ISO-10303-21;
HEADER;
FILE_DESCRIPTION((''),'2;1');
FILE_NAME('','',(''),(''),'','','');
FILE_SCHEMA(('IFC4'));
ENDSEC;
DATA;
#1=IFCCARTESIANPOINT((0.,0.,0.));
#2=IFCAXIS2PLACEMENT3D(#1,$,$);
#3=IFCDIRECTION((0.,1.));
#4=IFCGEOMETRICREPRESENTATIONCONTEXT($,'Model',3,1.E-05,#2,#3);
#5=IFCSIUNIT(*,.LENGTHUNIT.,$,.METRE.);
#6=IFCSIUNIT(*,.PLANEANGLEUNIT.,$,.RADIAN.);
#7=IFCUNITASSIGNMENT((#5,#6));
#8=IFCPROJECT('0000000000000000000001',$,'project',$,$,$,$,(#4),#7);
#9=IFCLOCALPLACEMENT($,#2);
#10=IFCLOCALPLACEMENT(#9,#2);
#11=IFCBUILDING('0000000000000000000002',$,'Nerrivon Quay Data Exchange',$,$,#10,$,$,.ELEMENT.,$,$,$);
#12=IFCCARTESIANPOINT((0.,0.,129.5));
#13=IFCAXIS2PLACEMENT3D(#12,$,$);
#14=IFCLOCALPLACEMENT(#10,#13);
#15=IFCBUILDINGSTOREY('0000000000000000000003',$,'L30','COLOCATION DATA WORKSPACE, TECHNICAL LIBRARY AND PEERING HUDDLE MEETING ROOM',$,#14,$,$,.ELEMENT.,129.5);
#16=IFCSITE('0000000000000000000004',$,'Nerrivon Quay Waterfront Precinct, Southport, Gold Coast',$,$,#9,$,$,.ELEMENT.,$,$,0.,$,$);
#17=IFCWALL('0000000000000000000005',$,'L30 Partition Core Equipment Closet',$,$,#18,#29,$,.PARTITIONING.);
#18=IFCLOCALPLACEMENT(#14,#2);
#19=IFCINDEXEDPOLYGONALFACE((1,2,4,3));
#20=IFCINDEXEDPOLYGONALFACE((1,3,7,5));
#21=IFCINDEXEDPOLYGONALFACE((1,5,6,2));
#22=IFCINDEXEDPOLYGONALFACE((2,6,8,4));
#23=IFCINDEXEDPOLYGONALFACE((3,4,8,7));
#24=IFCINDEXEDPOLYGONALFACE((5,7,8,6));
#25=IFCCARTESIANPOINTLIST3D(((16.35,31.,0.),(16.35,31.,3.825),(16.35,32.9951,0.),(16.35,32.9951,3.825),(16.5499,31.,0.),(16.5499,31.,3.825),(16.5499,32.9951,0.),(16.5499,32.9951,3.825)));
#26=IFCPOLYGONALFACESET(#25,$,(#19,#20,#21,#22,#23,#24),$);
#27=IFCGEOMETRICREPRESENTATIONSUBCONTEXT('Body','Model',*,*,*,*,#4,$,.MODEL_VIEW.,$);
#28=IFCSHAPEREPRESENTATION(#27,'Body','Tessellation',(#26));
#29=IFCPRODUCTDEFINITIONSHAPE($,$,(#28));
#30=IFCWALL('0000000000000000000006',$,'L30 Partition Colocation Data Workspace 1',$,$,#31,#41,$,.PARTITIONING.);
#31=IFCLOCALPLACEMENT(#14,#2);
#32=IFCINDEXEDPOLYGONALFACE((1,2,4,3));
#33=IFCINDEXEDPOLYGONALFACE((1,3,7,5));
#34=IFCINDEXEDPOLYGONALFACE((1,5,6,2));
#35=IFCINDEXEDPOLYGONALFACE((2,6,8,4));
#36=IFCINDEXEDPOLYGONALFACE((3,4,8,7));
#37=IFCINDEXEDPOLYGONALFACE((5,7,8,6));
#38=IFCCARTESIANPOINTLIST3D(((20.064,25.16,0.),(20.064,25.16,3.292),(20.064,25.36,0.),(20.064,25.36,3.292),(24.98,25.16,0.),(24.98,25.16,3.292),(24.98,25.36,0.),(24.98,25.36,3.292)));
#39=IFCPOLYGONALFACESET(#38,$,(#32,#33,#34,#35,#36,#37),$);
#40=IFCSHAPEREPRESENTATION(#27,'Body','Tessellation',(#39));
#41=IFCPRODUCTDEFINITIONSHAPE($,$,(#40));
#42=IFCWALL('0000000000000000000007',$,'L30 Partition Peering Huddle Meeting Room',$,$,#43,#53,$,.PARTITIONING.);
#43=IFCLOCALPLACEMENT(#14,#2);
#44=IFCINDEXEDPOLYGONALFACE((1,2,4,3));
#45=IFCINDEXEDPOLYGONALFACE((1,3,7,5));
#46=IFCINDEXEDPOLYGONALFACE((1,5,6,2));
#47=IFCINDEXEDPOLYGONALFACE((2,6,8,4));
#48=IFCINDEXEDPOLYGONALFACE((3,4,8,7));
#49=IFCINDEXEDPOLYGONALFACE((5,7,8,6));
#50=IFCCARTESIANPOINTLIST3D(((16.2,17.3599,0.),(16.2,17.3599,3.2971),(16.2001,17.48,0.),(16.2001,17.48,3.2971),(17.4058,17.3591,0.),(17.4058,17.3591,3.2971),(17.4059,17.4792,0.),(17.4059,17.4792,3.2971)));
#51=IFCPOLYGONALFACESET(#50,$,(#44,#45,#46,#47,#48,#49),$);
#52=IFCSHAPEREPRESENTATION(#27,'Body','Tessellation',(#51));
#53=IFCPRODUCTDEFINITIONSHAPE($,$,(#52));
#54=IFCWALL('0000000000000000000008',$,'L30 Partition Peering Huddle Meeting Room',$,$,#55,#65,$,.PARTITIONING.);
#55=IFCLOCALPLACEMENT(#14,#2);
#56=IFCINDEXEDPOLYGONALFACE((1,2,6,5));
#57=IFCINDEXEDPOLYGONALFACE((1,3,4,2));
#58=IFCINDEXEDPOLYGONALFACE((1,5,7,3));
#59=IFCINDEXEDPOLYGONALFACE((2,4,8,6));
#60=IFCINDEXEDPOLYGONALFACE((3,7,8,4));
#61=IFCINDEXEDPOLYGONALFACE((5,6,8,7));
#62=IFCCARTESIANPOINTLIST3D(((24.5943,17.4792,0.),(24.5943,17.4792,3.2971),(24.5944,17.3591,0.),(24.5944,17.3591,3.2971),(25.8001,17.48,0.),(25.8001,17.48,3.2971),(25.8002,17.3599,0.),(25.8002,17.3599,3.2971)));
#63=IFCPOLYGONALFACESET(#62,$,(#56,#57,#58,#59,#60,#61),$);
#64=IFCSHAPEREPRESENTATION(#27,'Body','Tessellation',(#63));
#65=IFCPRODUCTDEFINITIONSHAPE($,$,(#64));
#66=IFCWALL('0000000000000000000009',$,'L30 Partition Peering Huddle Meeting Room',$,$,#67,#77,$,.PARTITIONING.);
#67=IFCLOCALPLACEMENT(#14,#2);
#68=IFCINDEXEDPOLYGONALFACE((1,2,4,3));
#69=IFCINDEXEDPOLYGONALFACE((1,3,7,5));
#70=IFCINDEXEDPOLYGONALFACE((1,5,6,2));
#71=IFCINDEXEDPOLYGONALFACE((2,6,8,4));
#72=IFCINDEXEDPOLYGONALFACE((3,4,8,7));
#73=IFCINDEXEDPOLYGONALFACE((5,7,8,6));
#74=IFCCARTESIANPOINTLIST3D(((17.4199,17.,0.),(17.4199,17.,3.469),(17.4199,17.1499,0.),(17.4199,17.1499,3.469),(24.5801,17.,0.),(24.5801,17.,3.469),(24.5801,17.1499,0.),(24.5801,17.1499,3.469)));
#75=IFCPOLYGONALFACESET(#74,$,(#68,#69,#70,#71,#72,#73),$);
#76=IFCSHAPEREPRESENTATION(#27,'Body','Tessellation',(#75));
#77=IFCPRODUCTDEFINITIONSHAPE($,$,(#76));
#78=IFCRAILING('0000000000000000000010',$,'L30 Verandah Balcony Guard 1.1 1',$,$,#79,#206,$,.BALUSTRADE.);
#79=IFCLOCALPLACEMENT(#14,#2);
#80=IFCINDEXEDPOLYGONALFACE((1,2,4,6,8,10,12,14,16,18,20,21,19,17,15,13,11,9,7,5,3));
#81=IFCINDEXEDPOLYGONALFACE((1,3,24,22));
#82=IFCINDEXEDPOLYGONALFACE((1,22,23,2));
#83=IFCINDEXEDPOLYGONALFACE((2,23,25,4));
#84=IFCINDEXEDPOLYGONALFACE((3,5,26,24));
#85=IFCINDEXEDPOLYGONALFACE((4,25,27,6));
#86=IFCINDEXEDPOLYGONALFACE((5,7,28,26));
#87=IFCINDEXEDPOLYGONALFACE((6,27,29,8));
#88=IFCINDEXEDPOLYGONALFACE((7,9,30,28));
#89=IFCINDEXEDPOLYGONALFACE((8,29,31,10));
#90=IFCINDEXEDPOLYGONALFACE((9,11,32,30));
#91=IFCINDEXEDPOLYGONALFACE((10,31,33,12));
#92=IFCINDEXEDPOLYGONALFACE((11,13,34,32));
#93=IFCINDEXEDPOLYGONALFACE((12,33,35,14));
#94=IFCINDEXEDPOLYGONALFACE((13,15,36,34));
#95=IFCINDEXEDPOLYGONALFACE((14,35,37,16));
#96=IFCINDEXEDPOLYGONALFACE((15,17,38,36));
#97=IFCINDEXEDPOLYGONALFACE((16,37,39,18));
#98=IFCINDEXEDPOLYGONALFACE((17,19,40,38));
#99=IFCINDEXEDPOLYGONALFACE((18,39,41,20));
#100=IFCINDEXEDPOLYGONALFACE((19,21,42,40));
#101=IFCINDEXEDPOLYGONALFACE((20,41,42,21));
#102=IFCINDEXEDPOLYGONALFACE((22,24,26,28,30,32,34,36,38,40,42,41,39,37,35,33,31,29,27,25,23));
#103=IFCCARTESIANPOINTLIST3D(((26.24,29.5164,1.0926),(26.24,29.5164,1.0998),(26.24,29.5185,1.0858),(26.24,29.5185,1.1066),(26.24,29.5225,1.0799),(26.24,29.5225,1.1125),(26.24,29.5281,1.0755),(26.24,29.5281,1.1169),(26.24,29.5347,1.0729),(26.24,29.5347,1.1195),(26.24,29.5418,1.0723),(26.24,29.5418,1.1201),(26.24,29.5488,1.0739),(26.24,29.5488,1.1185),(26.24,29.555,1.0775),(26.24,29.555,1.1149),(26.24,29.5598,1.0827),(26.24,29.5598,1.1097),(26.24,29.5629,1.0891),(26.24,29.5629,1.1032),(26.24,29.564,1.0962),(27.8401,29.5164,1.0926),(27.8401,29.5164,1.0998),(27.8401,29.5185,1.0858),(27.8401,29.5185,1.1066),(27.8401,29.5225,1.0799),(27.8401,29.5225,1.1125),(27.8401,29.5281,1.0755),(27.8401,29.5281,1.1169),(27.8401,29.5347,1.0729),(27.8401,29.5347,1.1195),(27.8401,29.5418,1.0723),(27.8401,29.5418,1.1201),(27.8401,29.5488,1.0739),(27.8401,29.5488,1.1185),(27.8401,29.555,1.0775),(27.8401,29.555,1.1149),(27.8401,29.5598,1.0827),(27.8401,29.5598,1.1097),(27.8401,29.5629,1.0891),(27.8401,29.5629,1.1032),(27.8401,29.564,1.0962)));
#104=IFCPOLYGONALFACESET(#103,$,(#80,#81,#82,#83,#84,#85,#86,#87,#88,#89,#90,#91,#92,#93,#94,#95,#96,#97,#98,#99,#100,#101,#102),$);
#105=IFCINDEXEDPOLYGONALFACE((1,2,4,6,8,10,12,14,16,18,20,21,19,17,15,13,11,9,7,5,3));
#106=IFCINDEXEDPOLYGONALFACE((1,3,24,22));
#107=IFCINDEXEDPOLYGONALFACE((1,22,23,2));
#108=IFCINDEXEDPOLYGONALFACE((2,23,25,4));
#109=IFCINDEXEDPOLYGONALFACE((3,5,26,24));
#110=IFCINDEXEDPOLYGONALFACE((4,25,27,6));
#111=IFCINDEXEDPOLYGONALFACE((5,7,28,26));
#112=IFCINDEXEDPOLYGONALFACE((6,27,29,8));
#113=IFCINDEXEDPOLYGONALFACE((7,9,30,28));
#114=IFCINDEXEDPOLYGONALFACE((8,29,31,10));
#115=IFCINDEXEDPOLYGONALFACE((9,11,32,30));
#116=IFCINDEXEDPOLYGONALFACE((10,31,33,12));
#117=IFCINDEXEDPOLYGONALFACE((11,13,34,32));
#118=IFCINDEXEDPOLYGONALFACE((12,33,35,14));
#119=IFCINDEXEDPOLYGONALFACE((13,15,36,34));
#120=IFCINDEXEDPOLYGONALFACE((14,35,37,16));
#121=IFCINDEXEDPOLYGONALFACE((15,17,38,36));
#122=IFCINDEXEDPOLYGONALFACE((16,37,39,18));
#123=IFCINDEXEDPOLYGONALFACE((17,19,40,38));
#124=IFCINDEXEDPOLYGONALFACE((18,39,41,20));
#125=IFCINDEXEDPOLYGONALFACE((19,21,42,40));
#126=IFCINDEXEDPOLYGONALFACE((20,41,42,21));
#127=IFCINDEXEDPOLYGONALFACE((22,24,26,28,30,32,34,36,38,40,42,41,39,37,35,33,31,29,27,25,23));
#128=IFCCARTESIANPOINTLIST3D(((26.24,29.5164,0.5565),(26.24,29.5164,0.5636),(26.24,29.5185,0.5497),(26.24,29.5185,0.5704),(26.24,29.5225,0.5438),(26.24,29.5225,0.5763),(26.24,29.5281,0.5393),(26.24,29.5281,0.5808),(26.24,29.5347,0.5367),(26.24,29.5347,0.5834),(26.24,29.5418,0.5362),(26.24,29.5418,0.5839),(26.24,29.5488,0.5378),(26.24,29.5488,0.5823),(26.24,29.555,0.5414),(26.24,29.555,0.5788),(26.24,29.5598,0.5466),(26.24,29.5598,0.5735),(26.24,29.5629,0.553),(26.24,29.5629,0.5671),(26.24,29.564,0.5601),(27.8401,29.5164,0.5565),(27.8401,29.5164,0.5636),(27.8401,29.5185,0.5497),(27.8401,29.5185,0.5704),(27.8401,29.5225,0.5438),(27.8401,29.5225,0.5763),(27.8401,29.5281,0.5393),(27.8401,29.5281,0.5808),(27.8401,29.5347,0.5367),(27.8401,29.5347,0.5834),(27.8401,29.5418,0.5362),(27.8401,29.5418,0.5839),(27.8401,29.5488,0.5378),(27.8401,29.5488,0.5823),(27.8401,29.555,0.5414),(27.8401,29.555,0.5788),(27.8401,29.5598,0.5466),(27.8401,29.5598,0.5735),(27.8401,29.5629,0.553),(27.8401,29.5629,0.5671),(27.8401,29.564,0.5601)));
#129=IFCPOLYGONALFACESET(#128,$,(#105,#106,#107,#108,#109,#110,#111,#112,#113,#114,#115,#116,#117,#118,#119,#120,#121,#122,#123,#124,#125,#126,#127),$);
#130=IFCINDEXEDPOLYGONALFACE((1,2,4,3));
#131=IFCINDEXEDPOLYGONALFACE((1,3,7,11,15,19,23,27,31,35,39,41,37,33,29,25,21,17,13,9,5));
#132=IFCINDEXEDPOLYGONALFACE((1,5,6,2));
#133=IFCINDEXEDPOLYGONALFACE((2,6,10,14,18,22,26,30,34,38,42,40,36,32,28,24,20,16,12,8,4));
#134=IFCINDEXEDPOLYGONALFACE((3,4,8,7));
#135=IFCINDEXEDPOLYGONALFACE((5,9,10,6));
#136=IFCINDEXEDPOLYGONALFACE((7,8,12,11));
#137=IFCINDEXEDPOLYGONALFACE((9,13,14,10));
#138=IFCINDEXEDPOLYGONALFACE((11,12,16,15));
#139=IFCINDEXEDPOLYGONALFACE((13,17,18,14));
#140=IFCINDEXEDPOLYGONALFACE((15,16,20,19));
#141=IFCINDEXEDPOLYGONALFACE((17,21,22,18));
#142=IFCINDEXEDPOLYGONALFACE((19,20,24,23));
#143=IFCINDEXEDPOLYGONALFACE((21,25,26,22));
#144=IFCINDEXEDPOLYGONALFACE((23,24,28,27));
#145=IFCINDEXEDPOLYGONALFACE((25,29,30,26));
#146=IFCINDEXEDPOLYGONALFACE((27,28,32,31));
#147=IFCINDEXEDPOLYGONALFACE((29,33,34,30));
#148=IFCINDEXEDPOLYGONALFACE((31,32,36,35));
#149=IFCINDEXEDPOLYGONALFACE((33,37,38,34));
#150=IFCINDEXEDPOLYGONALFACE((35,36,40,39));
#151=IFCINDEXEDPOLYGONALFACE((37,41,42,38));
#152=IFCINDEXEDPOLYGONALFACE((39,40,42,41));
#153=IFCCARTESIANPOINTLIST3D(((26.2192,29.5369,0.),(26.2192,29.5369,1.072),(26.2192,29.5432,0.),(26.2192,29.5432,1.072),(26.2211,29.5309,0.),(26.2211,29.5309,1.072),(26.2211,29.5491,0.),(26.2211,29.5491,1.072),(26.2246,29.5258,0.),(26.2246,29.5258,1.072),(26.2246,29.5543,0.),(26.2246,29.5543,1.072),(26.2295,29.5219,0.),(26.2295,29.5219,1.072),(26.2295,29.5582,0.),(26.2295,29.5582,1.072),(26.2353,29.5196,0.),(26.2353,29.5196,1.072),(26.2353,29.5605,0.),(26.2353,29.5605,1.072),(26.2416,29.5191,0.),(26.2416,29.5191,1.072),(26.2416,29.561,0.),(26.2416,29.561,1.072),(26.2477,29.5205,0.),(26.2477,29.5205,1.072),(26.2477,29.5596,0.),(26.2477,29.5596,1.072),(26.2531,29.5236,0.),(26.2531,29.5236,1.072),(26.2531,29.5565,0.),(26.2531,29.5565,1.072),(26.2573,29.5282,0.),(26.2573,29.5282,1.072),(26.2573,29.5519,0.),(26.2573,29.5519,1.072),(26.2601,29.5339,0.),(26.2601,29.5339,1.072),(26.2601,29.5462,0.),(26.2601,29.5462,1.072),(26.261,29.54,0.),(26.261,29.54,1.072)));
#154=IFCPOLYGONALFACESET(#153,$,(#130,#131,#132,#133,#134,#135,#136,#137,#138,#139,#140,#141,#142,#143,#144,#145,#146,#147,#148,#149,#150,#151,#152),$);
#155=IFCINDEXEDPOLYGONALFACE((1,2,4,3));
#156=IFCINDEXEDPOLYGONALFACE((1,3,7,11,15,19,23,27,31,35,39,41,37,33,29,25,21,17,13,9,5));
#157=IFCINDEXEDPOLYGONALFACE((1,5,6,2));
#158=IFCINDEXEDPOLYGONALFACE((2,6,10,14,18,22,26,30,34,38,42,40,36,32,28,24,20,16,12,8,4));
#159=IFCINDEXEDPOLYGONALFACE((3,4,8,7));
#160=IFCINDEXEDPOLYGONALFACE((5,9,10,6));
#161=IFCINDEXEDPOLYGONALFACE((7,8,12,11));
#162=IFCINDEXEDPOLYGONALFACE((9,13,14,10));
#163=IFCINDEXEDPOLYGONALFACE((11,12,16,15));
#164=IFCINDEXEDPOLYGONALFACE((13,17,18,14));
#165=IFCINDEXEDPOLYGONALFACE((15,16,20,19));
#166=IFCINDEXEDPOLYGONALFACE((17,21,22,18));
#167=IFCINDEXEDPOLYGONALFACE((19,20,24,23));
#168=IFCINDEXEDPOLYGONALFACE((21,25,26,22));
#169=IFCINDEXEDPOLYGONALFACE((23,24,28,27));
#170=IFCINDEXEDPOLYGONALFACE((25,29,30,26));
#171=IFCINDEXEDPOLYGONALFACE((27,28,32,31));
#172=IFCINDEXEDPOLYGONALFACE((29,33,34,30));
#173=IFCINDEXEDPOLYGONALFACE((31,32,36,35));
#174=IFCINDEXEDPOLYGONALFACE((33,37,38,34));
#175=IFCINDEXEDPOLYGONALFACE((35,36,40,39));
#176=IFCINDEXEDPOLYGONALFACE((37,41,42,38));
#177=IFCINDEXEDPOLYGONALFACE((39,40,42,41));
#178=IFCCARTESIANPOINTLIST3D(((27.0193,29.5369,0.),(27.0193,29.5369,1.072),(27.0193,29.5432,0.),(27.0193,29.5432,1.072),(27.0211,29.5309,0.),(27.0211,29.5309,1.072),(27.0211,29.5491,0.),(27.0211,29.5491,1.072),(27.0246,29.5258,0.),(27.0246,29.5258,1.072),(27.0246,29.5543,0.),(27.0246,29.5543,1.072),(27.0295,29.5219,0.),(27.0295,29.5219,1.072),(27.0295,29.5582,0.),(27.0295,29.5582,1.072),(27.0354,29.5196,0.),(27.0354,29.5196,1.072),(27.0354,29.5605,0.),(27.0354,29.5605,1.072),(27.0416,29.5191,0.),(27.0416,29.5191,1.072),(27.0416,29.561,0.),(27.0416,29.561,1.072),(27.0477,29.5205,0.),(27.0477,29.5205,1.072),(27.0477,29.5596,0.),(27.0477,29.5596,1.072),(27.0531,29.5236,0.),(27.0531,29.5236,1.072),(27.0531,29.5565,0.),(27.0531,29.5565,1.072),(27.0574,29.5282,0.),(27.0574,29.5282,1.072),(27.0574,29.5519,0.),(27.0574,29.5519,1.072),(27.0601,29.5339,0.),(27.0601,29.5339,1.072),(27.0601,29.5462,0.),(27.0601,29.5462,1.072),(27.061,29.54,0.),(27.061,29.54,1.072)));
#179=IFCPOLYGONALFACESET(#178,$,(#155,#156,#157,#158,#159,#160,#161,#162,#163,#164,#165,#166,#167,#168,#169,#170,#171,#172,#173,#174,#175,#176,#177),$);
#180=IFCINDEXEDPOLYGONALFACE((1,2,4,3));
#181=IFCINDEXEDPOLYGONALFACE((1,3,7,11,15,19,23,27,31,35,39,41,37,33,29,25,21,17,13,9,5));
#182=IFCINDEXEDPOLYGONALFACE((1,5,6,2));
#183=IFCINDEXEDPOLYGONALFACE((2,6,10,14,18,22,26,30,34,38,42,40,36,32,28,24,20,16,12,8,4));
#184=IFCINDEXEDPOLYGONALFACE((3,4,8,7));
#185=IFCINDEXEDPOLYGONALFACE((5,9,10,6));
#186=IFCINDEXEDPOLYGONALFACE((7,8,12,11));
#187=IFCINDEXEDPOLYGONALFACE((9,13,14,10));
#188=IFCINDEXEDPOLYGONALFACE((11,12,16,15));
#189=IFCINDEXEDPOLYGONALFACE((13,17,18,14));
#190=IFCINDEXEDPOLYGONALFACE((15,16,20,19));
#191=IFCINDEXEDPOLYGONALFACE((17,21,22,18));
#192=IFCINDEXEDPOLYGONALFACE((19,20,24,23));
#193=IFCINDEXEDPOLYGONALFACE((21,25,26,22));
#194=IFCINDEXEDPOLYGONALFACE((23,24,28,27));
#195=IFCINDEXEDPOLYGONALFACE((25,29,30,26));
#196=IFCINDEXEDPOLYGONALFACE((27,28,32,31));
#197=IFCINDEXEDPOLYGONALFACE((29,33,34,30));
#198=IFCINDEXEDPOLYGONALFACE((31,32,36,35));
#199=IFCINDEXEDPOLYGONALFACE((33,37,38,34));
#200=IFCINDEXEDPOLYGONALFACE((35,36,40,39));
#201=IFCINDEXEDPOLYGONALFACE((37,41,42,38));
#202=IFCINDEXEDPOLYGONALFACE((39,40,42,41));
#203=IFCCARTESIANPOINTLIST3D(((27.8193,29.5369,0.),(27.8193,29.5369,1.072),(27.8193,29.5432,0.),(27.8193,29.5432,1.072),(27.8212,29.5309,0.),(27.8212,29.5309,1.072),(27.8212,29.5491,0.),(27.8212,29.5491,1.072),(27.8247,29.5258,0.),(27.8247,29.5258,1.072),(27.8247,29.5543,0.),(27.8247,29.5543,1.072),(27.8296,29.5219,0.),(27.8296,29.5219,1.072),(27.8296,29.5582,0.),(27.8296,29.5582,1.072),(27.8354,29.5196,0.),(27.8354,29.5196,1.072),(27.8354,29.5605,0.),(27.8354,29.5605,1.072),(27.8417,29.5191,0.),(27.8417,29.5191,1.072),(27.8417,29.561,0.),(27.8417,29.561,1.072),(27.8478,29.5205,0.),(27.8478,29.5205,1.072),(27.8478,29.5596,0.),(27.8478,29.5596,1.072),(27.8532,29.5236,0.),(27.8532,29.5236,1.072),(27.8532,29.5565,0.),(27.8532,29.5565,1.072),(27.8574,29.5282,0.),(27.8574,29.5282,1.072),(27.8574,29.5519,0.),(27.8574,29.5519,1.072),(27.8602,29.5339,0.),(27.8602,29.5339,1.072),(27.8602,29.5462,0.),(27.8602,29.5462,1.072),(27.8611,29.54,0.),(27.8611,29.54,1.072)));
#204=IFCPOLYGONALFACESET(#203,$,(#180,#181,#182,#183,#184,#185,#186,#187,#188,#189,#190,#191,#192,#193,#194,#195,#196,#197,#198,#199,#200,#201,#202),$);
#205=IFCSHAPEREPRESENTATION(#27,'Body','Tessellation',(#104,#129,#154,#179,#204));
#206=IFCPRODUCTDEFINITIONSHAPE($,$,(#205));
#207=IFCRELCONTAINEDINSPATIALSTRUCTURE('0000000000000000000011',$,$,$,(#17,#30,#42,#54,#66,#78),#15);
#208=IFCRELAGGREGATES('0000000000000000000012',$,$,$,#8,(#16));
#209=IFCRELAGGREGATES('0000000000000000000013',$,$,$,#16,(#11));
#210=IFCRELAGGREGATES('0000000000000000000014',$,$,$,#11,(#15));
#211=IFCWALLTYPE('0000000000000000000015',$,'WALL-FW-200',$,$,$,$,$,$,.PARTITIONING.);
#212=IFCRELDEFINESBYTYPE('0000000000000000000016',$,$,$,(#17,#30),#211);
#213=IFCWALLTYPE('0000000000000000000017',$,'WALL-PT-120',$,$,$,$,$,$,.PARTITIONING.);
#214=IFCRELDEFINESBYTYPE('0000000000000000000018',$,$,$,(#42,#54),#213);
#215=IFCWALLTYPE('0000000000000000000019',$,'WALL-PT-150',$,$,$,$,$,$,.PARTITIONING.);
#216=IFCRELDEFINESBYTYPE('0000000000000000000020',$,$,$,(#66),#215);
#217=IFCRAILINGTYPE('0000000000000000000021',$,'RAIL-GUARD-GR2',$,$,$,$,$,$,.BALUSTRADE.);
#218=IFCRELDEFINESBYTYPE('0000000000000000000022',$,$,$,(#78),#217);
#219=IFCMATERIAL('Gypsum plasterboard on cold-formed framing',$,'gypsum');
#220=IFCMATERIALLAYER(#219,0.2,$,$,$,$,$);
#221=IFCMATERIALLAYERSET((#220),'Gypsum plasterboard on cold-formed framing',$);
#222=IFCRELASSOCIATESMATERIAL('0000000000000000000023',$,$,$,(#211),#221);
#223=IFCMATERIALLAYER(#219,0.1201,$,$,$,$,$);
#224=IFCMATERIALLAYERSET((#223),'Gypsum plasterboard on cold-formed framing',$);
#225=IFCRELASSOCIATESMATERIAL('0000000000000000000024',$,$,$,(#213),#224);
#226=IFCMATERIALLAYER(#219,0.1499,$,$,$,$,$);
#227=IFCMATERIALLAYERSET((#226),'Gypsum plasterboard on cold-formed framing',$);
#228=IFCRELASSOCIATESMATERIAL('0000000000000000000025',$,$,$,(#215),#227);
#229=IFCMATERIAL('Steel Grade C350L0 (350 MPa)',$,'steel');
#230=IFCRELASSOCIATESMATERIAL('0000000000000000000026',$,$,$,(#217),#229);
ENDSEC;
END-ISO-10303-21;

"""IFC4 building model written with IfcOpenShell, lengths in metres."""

from ifc_helpers import new_model, si_unit, direction, frame, frame_2d, origin, origin_2d, place, context, subcontext, project, spatial, rectangle, circle, extrude, material, layer, layer_set, type_object, element, save


model = new_model("IFC4")

# Units and contexts
model_context = context("Model", 3, precision=1e-05, world=origin(), true_north=direction((0.0, 1.0)))
body_context = subcontext(model_context, "Body", "Model", "MODEL_VIEW")
ifc_project = project(units=[si_unit("LENGTHUNIT", "METRE"), si_unit("PLANEANGLEUNIT", "RADIAN")], contexts=[model_context])

# Site, building, storey
site_placement = place(None, origin())
site = spatial("IfcSite", under=ifc_project, at=site_placement, Name="Nerrivon Quay Waterfront Precinct, Southport, Gold Coast", CompositionType="ELEMENT", RefElevation=0.0)
building_placement = place(site_placement, origin())
building = spatial("IfcBuilding", under=site, at=building_placement, Name="Nerrivon Quay Data Exchange", CompositionType="ELEMENT")
storey_placement = place(building_placement, frame((0.0, 0.0, 129.5)))
storey = spatial("IfcBuildingStorey", under=building, at=storey_placement, Name="L30", Description="COLOCATION DATA WORKSPACE, TECHNICAL LIBRARY AND PEERING HUDDLE MEETING ROOM", CompositionType="ELEMENT", Elevation=129.5)

# Walls
ifc_material_1 = material(Name="Gypsum plasterboard on cold-formed framing", Category="gypsum")
ifc_layer_1 = layer(ifc_material_1, 0.2)
ifc_layer_set_1 = layer_set([ifc_layer_1], Name="Gypsum plasterboard on cold-formed framing")
wall_type_1 = type_object("IfcWallType", Name="WALL-FW-200", PredefinedType="PARTITIONING", material=ifc_layer_set_1)
wall_1_placement = place(storey_placement, frame((16.45, 31.0, 0.0), z_axis=(0.0, 0.0, 1.0), x_axis=(0.0, 1.0, 0.0)))
element("IfcWall", 1, at=wall_1_placement, inside=storey, type_object=wall_type_1, Name="L30 Partition Core Equipment Closet", PredefinedType="PARTITIONING", context=body_context, shape_type="SweptSolid", body=[
    extrude(rectangle(XDim=1.9951, YDim=0.2, at=frame_2d((0.9976, 0.0))), origin(), (0.0, 0.0, 1.0), 3.825),
])
wall_2_placement = place(storey_placement, frame((20.064, 25.26, 0.0), z_axis=(0.0, 0.0, 1.0), x_axis=(1.0, 0.0, 0.0)))
element("IfcWall", 2, at=wall_2_placement, inside=storey, type_object=wall_type_1, Name="L30 Partition Colocation Data Workspace 1", PredefinedType="PARTITIONING", context=body_context, shape_type="SweptSolid", body=[
    extrude(rectangle(XDim=4.916, YDim=0.2, at=frame_2d((2.458, 0.0))), origin(), (0.0, 0.0, 1.0), 3.292),
])
ifc_layer_2 = layer(ifc_material_1, 0.1201)
ifc_layer_set_2 = layer_set([ifc_layer_2], Name="Gypsum plasterboard on cold-formed framing")
wall_type_2 = type_object("IfcWallType", Name="WALL-PT-120", PredefinedType="PARTITIONING", material=ifc_layer_set_2)
for number, where, z_axis, x_axis, name in (
    (3, (16.2, 17.4199, 0.0), (0.0, 0.0, 1.0), (1.0, -0.000607, 0.0), "L30 Partition Peering Huddle Meeting Room"),
    (4, (24.5942, 17.4192, 0.0), (0.0, 0.0, 1.0), (1.0, 0.000607, 0.0), "L30 Partition Peering Huddle Meeting Room"),
):
    element("IfcWall", number, at=place(storey_placement, frame(where, z_axis=z_axis, x_axis=x_axis)), inside=storey, type_object=wall_type_2, Name=name, PredefinedType="PARTITIONING", context=body_context, shape_type="SweptSolid", body=[
        extrude(rectangle(XDim=1.2058, YDim=0.1201, at=frame_2d((0.603, 0.0))), origin(), (0.0, 0.0, 1.0), 3.2971),
    ])
ifc_layer_3 = layer(ifc_material_1, 0.1499)
ifc_layer_set_3 = layer_set([ifc_layer_3], Name="Gypsum plasterboard on cold-formed framing")
wall_type_3 = type_object("IfcWallType", Name="WALL-PT-150", PredefinedType="PARTITIONING", material=ifc_layer_set_3)
wall_3_placement = place(storey_placement, frame((17.4199, 17.075, 0.0), z_axis=(0.0, 0.0, 1.0), x_axis=(1.0, 0.0, 0.0)))
element("IfcWall", 5, at=wall_3_placement, inside=storey, type_object=wall_type_3, Name="L30 Partition Peering Huddle Meeting Room", PredefinedType="PARTITIONING", context=body_context, shape_type="SweptSolid", body=[
    extrude(rectangle(XDim=7.1602, YDim=0.1499, at=frame_2d((3.5801, 0.0))), origin(), (0.0, 0.0, 1.0), 3.469),
])

# Railing
ifc_material_2 = material(Name="Steel Grade C350L0 (350 MPa)", Category="steel")
railing_type = type_object("IfcRailingType", Name="RAIL-GUARD-GR2", PredefinedType="BALUSTRADE", material=ifc_material_2)
railing_1_placement = place(storey_placement, frame((26.24, 29.54, 0.0)))
element("IfcRailing", 6, at=railing_1_placement, inside=storey, type_object=railing_type, Name="L30 Verandah Balcony Guard 1.1 1", PredefinedType="BALUSTRADE", context=body_context, shape_type="SweptSolid", body=[
    extrude(circle(Radius=0.0239, at=origin_2d()), frame((0.0, 0.0, 1.0962), z_axis=(1.0, 0.0, 0.0), x_axis=(0.0, 1.0, 0.0)), (0.0, 0.0, 1.0), 1.6001),
    extrude(circle(Radius=0.0239, at=origin_2d()), frame((0.0, 0.0, 0.5601), z_axis=(1.0, 0.0, 0.0), x_axis=(0.0, 1.0, 0.0)), (0.0, 0.0, 1.0), 1.6001),
    extrude(circle(Radius=0.021, at=origin_2d()), origin(), (0.0, 0.0, 1.0), 1.072),
    extrude(circle(Radius=0.021, at=origin_2d()), frame((0.8, 0.0, 0.0)), (0.0, 0.0, 1.0), 1.072),
    extrude(circle(Radius=0.021, at=origin_2d()), frame((1.6001, 0.0, 0.0)), (0.0, 0.0, 1.0), 1.072),
])

save(model, "model.ifc")
